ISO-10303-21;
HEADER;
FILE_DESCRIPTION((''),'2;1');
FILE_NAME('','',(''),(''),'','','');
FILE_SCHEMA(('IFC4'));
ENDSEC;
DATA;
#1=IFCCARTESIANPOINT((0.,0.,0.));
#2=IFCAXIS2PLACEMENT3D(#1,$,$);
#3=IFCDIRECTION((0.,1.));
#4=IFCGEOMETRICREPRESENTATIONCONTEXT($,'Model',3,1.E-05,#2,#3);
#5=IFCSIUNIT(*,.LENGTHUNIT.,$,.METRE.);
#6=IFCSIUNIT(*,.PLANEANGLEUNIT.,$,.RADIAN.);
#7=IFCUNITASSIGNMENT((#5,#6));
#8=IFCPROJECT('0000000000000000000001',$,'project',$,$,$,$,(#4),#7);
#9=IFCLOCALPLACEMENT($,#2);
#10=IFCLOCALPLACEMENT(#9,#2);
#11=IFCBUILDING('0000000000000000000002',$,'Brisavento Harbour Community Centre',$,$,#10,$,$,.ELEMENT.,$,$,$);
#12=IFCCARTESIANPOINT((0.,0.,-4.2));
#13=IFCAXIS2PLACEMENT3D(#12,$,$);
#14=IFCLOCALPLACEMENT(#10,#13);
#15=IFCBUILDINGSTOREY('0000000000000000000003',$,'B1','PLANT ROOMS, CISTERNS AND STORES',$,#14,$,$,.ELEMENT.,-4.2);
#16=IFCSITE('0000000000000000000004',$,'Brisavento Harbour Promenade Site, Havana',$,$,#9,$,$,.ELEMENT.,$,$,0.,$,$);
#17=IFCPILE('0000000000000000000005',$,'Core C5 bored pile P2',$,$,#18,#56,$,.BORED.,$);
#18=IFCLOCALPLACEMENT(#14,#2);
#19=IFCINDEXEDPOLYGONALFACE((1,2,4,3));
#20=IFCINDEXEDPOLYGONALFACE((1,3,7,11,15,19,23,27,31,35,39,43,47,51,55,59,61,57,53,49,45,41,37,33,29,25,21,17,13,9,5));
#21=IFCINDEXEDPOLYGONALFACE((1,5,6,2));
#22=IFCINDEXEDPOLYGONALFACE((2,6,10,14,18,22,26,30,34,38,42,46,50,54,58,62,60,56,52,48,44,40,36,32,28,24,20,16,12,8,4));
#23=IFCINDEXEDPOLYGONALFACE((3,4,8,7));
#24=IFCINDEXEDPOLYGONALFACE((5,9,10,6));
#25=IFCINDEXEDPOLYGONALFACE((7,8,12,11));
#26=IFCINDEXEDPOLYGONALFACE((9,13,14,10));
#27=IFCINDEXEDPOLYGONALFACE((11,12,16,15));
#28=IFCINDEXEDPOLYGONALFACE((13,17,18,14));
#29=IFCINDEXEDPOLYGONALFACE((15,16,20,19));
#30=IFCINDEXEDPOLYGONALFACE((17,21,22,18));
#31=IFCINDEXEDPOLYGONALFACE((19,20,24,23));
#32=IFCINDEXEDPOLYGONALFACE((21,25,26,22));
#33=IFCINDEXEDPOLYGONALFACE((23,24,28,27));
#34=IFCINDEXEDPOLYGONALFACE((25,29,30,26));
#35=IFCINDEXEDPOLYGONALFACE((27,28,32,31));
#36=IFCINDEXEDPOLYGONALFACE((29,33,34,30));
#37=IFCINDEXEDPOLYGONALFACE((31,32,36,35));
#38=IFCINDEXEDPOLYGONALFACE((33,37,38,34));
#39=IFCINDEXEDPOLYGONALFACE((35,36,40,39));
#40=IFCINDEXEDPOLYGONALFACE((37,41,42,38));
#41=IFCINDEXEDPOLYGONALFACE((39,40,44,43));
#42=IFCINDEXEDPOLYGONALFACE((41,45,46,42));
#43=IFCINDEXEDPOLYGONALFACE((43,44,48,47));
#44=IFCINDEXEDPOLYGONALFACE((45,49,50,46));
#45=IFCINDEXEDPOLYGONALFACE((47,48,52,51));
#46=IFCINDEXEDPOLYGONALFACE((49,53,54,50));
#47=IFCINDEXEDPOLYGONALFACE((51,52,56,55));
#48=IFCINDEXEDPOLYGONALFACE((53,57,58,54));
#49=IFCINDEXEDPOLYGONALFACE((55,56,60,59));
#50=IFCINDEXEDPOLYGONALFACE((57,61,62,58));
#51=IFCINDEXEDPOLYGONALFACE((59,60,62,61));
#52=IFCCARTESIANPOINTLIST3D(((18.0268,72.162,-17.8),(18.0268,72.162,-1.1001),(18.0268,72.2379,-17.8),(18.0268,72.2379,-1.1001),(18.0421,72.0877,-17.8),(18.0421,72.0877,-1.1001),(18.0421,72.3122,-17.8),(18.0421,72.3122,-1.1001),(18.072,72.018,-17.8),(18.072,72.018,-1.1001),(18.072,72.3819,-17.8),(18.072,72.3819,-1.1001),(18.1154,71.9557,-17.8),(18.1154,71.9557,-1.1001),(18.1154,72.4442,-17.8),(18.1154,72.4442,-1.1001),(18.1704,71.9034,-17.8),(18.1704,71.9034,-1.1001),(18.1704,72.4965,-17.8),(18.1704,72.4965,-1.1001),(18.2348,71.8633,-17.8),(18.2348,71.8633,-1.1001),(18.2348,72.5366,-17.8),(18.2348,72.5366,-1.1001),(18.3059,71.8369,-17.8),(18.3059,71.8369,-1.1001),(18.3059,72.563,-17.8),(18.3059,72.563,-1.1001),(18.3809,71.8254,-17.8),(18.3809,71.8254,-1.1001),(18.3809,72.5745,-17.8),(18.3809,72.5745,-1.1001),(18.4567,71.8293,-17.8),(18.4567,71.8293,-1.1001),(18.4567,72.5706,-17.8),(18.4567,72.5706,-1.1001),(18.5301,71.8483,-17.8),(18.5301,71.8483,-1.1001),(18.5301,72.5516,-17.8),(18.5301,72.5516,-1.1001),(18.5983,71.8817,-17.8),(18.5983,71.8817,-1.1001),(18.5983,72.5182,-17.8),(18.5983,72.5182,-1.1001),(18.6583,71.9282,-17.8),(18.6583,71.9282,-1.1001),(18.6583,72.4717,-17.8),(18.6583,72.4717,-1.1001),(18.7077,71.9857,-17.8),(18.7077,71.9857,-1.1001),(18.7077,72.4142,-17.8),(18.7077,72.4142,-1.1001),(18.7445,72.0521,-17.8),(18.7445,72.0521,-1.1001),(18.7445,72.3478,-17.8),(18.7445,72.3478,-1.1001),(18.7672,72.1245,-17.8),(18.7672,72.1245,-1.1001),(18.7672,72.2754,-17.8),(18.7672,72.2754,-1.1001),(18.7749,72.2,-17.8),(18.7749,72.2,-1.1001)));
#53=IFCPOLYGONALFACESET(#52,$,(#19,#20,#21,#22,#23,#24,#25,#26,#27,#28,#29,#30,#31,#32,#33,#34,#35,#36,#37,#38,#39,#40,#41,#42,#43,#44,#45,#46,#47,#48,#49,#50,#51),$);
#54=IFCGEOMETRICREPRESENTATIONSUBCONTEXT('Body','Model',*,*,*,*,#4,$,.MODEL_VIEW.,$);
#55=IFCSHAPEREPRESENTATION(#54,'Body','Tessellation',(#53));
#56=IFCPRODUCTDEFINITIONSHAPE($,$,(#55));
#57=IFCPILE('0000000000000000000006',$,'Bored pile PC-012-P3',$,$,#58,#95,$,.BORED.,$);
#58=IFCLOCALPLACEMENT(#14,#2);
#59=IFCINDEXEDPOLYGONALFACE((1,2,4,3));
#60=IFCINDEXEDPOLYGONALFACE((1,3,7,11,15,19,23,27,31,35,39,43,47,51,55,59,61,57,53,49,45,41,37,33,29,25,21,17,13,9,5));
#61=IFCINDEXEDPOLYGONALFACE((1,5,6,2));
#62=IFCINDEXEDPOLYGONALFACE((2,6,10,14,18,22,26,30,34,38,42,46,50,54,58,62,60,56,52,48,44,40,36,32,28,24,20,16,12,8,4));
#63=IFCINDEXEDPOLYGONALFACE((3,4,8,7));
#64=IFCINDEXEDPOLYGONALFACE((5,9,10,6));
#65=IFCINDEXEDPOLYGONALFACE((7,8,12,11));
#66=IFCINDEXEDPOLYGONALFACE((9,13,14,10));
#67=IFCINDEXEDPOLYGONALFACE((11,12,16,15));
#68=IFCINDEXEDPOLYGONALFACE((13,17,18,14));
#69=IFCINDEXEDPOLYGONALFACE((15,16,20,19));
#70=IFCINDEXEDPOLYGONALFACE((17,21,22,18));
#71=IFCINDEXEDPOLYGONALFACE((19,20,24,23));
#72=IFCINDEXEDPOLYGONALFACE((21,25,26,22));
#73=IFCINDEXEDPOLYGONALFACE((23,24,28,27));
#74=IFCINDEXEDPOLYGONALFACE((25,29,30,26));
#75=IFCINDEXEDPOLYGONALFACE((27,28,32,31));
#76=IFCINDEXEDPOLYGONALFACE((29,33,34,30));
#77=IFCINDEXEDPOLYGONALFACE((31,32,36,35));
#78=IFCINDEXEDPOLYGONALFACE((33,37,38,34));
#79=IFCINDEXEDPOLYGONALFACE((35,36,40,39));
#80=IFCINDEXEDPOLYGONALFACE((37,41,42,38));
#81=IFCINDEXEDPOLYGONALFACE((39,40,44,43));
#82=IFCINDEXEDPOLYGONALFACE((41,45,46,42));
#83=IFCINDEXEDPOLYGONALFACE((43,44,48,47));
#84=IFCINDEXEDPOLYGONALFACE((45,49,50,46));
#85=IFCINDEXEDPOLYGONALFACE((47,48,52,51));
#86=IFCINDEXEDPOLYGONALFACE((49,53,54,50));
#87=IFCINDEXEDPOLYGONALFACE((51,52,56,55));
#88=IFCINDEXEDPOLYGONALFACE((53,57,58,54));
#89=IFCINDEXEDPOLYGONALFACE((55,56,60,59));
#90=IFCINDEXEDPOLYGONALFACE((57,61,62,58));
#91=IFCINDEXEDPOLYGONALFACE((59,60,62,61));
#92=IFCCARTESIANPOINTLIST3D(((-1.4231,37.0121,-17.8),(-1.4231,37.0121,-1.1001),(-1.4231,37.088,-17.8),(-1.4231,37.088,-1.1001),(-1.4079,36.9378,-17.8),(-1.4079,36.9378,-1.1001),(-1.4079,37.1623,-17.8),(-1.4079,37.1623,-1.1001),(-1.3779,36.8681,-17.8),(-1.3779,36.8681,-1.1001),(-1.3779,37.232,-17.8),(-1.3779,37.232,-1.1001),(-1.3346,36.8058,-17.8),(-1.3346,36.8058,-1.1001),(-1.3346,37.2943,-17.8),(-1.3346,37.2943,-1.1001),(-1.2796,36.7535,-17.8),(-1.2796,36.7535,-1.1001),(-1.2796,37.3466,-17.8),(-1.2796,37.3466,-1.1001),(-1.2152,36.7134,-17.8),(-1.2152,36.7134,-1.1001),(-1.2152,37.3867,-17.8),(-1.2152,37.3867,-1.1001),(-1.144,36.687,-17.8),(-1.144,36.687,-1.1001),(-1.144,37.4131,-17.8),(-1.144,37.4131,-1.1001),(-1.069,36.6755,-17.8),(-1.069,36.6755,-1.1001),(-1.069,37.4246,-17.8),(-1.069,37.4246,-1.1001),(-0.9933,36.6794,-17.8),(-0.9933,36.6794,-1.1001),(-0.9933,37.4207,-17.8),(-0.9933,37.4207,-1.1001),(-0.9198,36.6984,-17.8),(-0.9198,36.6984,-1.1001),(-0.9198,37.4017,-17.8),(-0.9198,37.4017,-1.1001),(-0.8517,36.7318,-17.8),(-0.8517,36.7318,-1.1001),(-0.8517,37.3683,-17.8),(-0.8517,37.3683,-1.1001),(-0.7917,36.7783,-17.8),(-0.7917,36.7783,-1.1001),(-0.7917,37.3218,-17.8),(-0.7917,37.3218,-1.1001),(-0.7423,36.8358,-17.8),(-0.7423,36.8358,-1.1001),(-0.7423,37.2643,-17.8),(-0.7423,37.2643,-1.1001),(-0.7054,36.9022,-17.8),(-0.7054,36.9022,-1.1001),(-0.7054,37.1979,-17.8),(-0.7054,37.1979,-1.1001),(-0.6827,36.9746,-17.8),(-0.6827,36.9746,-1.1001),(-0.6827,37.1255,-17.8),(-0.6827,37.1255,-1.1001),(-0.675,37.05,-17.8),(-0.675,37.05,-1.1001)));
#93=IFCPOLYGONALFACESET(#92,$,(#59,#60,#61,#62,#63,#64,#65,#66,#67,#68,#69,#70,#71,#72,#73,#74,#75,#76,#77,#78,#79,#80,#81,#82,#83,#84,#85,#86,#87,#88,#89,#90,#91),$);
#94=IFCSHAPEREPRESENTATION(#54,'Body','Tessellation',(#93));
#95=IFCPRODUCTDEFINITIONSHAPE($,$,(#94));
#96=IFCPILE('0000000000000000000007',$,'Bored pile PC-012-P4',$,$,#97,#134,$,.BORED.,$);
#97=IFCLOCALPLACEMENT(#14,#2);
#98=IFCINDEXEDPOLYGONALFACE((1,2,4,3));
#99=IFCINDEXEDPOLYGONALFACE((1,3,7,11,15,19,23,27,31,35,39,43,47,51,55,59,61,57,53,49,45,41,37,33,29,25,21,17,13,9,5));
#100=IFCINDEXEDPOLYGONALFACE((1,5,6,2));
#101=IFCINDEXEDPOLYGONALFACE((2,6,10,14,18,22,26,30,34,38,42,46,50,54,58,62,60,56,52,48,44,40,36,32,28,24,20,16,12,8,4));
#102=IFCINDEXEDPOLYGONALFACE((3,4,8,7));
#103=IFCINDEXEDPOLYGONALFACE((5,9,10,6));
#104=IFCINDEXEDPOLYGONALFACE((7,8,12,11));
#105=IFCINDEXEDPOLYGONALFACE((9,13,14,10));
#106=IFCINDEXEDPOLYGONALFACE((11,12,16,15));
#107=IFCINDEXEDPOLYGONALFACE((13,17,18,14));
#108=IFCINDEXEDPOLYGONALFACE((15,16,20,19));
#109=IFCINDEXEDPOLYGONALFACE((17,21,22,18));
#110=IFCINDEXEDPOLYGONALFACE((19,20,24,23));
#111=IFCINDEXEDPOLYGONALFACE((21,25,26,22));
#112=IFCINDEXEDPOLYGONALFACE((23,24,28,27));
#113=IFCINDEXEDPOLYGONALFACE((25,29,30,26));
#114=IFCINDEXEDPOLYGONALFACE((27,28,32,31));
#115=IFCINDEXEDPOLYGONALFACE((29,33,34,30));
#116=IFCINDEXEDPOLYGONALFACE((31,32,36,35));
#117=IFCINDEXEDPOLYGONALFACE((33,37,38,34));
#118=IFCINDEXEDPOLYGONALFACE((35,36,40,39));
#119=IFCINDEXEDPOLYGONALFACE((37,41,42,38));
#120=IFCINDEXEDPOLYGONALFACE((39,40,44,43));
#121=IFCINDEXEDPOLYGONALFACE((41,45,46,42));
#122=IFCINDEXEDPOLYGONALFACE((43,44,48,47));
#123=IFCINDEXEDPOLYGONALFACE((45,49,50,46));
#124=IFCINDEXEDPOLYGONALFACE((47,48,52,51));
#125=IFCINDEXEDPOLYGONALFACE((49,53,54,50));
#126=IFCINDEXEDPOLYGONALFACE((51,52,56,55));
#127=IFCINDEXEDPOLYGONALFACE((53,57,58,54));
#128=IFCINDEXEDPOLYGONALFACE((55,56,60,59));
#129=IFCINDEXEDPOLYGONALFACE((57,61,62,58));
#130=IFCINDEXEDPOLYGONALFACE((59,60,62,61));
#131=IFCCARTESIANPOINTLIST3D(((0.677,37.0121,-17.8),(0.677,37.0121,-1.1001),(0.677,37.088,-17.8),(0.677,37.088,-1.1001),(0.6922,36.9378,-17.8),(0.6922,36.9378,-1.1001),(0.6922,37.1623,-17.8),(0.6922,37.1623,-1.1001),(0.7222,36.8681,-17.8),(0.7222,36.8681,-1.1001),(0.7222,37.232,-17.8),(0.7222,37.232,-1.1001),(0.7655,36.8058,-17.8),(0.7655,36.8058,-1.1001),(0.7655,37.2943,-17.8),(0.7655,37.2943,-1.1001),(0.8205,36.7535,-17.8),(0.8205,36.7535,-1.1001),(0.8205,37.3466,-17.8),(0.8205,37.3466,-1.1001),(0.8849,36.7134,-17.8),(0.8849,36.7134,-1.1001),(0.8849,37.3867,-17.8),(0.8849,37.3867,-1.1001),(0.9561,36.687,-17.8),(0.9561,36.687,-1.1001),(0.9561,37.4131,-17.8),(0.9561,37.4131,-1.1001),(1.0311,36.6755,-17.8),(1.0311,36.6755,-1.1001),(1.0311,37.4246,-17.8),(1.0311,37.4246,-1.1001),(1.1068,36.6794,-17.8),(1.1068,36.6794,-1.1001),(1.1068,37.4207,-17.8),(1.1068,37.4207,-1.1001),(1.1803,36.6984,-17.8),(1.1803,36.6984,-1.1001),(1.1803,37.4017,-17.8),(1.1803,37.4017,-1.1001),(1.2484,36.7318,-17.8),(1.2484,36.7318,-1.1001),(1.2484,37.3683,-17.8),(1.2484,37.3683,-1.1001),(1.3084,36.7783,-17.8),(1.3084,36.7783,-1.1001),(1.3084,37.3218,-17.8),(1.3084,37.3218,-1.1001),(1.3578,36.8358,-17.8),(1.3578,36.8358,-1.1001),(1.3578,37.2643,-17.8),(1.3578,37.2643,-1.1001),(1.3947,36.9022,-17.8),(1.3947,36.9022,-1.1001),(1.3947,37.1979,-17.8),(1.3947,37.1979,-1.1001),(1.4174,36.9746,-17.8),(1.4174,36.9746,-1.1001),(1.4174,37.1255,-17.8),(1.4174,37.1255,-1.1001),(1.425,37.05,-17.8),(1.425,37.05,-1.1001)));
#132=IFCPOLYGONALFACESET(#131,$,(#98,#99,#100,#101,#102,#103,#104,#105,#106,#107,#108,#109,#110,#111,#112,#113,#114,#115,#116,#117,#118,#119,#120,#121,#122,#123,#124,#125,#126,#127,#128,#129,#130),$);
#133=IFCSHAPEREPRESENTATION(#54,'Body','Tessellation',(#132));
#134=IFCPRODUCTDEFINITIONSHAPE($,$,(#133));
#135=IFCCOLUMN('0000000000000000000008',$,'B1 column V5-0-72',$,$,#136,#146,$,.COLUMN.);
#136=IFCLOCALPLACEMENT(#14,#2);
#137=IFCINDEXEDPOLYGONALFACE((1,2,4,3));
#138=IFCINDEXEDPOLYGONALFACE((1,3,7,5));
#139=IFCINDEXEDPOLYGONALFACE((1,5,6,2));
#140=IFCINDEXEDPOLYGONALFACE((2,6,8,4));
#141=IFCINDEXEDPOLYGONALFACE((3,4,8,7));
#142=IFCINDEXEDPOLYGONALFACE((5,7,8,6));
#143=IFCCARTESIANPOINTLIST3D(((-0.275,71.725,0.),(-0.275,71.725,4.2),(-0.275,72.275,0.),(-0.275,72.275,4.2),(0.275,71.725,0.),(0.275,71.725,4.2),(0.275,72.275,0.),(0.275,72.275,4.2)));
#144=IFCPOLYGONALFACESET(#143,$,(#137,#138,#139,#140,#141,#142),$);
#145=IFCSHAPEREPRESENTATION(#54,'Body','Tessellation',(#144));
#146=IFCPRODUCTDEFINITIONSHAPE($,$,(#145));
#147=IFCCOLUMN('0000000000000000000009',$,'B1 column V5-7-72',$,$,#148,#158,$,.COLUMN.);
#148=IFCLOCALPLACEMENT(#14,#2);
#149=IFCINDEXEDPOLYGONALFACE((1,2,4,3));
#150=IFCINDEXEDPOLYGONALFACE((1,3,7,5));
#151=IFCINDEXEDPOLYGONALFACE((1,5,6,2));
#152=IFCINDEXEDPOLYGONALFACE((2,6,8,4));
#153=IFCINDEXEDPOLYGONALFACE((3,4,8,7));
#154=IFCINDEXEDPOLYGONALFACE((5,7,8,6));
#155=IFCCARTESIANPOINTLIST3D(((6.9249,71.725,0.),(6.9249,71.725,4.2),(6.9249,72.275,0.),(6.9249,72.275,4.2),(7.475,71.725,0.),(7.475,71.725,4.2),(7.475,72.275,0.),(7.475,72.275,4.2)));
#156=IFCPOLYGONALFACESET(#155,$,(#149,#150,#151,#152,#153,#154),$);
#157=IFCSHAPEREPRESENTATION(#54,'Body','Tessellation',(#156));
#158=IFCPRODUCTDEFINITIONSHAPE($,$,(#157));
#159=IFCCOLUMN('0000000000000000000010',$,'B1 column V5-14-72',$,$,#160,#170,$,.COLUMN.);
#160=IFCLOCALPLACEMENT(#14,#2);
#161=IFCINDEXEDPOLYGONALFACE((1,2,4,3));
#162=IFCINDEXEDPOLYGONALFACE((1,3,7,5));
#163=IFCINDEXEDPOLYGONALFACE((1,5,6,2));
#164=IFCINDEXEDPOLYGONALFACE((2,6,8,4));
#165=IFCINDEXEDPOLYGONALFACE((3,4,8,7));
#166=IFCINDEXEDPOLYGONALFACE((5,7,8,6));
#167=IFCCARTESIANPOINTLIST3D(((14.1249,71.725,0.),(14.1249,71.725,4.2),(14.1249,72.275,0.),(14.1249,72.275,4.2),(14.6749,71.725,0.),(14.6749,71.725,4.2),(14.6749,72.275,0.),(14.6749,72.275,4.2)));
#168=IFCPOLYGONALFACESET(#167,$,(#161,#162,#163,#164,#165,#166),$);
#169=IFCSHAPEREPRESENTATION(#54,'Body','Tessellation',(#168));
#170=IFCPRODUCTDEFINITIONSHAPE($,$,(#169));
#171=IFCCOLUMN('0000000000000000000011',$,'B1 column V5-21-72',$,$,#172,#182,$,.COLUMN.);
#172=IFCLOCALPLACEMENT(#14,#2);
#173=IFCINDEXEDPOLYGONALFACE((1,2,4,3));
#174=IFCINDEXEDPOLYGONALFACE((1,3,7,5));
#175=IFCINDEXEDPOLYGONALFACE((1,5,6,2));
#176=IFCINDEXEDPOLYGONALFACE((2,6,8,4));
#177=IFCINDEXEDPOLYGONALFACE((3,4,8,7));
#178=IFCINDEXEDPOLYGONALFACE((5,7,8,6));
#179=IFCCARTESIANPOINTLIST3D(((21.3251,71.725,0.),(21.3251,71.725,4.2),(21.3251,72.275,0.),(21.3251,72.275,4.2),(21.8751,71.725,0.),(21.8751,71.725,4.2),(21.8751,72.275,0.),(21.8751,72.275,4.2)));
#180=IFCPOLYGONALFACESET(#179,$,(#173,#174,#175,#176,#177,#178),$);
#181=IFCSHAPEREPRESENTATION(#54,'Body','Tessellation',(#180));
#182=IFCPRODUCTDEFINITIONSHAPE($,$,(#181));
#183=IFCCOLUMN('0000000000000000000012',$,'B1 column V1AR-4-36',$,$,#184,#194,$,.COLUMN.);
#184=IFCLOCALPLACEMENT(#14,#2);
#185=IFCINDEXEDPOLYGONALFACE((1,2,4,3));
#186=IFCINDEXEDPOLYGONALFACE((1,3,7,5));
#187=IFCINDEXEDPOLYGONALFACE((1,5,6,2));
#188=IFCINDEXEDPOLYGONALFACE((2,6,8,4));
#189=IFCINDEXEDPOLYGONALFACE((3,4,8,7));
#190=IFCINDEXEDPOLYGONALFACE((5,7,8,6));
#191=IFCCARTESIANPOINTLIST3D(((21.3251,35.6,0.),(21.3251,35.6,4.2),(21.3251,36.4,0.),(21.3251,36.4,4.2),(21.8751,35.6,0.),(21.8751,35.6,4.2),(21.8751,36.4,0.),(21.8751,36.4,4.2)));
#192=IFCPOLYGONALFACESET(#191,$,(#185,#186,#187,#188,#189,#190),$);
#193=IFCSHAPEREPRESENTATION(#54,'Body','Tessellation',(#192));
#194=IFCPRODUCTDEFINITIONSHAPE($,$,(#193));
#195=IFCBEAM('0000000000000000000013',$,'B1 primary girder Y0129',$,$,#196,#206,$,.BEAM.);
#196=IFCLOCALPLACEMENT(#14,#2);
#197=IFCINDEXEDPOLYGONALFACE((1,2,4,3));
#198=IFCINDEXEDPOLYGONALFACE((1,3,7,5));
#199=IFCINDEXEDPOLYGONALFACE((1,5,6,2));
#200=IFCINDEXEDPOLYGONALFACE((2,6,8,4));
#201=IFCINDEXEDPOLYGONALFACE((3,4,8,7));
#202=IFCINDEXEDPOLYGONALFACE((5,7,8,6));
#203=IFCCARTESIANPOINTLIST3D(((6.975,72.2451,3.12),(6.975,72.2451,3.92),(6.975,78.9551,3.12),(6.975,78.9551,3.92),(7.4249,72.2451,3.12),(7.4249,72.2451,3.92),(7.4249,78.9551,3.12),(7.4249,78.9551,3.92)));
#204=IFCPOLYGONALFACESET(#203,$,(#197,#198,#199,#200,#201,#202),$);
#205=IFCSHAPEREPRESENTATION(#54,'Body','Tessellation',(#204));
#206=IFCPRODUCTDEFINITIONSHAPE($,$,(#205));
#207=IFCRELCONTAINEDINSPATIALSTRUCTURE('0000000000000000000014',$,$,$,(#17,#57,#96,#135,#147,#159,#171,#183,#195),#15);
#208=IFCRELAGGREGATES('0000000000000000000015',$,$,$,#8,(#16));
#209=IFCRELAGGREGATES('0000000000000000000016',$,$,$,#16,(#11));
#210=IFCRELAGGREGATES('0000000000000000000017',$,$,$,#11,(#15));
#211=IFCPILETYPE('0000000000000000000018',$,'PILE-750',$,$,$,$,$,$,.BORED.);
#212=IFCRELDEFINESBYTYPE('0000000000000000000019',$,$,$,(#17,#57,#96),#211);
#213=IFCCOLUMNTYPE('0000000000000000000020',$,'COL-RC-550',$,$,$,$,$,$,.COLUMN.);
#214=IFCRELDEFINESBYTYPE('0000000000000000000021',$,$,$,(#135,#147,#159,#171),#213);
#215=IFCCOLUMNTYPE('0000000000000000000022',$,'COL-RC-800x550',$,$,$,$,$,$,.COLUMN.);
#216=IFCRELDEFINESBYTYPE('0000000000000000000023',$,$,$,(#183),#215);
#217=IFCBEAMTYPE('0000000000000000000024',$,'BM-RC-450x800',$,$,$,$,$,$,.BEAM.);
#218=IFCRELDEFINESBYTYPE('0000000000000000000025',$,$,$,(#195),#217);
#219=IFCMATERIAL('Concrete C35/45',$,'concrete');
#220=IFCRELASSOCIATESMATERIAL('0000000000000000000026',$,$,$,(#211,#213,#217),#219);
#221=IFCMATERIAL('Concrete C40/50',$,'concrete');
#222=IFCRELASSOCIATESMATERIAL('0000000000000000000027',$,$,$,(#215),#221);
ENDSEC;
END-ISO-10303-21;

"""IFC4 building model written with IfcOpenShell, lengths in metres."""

from ifc_helpers import new_model, si_unit, direction, frame, origin, origin_2d, place, context, subcontext, project, spatial, rectangle, circle, extrude, material, material_profile, profile_set, type_object, element, save


model = new_model("IFC4")

# Units and contexts
model_context = context("Model", 3, precision=1e-05, world=origin(), true_north=direction((0.0, 1.0)))
body_context = subcontext(model_context, "Body", "Model", "MODEL_VIEW")
ifc_project = project(units=[si_unit("LENGTHUNIT", "METRE"), si_unit("PLANEANGLEUNIT", "RADIAN")], contexts=[model_context])

# Site, building, storey
site_placement = place(None, origin())
site = spatial("IfcSite", under=ifc_project, at=site_placement, Name="Brisavento Harbour Promenade Site, Havana", CompositionType="ELEMENT", RefElevation=0.0)
building_placement = place(site_placement, origin())
building = spatial("IfcBuilding", under=site, at=building_placement, Name="Brisavento Harbour Community Centre", CompositionType="ELEMENT")
storey_placement = place(building_placement, frame((0.0, 0.0, -4.2)))
storey = spatial("IfcBuildingStorey", under=building, at=storey_placement, Name="B1", Description="PLANT ROOMS, CISTERNS AND STORES", CompositionType="ELEMENT", Elevation=-4.2)

# Shared definitions
ifc_material_1 = material(Name="Concrete C35/45", Category="concrete")

# Piles
ifc_material_profile_1 = material_profile(ifc_material_1, circle(Radius=0.375, at=origin_2d()), Name="Concrete C35/45")
ifc_profile_set_1 = profile_set([ifc_material_profile_1], Name="Concrete C35/45")
pile_type_1 = type_object("IfcPileType", Name="PILE-750", PredefinedType="BORED", material=ifc_profile_set_1)
for number, where, z_axis, x_axis, name in (
    (1, (18.3999, 72.2, -1.1001), (0.0, 0.0, -1.0), (1.0, 0.0, 0.0), "Core C5 bored pile P2"),
    (2, (-1.05, 37.05, -1.1001), (0.0, 0.0, -1.0), (1.0, 0.0, 0.0), "Bored pile PC-012-P3"),
    (3, (1.05, 37.05, -1.1001), (0.0, 0.0, -1.0), (1.0, 0.0, 0.0), "Bored pile PC-012-P4"),
):
    element("IfcPile", number, at=place(storey_placement, frame(where, z_axis=z_axis, x_axis=x_axis)), inside=storey, type_object=pile_type_1, Name=name, PredefinedType="BORED", context=body_context, shape_type="SweptSolid", body=[
        extrude(circle(Radius=0.375, at=origin_2d()), origin(), (0.0, 0.0, 1.0), 16.7),
    ])

# Columns
ifc_material_profile_2 = material_profile(ifc_material_1, rectangle(XDim=0.55, YDim=0.55, at=origin_2d()), Name="Concrete C35/45")
ifc_profile_set_2 = profile_set([ifc_material_profile_2], Name="Concrete C35/45")
column_type_1 = type_object("IfcColumnType", Name="COL-RC-550", PredefinedType="COLUMN", material=ifc_profile_set_2)
for number, where, z_axis, x_axis, name in (
    (4, (0.0, 72.0, 0.0), (0.0, 0.0, 1.0), (1.0, 0.0, 0.0), "B1 column V5-0-72"),
    (5, (7.2, 72.0, 0.0), (0.0, 0.0, 1.0), (1.0, 0.0, 0.0), "B1 column V5-7-72"),
    (6, (14.3999, 72.0, 0.0), (0.0, 0.0, 1.0), (1.0, 0.0, 0.0), "B1 column V5-14-72"),
    (7, (21.6001, 72.0, 0.0), (0.0, 0.0, 1.0), (1.0, 0.0, 0.0), "B1 column V5-21-72"),
):
    element("IfcColumn", number, at=place(storey_placement, frame(where, z_axis=z_axis, x_axis=x_axis)), inside=storey, type_object=column_type_1, Name=name, PredefinedType="COLUMN", context=body_context, shape_type="SweptSolid", body=[
        extrude(rectangle(XDim=0.55, YDim=0.55, at=origin_2d()), origin(), (0.0, 0.0, 1.0), 4.2),
    ])
ifc_material_2 = material(Name="Concrete C40/50", Category="concrete")
ifc_material_profile_3 = material_profile(ifc_material_2, rectangle(XDim=0.55, YDim=0.8, at=origin_2d()), Name="Concrete C40/50")
ifc_profile_set_3 = profile_set([ifc_material_profile_3], Name="Concrete C40/50")
column_type_2 = type_object("IfcColumnType", Name="COL-RC-800x550", PredefinedType="COLUMN", material=ifc_profile_set_3)
column_placement = place(storey_placement, frame((21.6001, 36.0, 0.0), z_axis=(0.0, 0.0, 1.0), x_axis=(1.0, 0.0, 0.0)))
element("IfcColumn", 8, at=column_placement, inside=storey, type_object=column_type_2, Name="B1 column V1AR-4-36", PredefinedType="COLUMN", context=body_context, shape_type="SweptSolid", body=[
    extrude(rectangle(XDim=0.55, YDim=0.8, at=origin_2d()), origin(), (0.0, 0.0, 1.0), 4.2),
])

# Beam
ifc_material_profile_4 = material_profile(ifc_material_1, rectangle(XDim=0.45, YDim=0.8, at=origin_2d()), Name="Concrete C35/45")
ifc_profile_set_4 = profile_set([ifc_material_profile_4], Name="Concrete C35/45")
beam_type_1 = type_object("IfcBeamType", Name="BM-RC-450x800", PredefinedType="BEAM", material=ifc_profile_set_4)
beam_placement = place(storey_placement, frame((7.2, 72.2451, 3.52), z_axis=(0.0, 1.0, 0.0), x_axis=(-1.0, 0.0, 0.0)))
element("IfcBeam", 9, at=beam_placement, inside=storey, type_object=beam_type_1, Name="B1 primary girder Y0129", PredefinedType="BEAM", context=body_context, shape_type="SweptSolid", body=[
    extrude(rectangle(XDim=0.45, YDim=0.8, at=origin_2d()), origin(), (0.0, 0.0, 1.0), 6.71),
])

save(model, "model.ifc")
